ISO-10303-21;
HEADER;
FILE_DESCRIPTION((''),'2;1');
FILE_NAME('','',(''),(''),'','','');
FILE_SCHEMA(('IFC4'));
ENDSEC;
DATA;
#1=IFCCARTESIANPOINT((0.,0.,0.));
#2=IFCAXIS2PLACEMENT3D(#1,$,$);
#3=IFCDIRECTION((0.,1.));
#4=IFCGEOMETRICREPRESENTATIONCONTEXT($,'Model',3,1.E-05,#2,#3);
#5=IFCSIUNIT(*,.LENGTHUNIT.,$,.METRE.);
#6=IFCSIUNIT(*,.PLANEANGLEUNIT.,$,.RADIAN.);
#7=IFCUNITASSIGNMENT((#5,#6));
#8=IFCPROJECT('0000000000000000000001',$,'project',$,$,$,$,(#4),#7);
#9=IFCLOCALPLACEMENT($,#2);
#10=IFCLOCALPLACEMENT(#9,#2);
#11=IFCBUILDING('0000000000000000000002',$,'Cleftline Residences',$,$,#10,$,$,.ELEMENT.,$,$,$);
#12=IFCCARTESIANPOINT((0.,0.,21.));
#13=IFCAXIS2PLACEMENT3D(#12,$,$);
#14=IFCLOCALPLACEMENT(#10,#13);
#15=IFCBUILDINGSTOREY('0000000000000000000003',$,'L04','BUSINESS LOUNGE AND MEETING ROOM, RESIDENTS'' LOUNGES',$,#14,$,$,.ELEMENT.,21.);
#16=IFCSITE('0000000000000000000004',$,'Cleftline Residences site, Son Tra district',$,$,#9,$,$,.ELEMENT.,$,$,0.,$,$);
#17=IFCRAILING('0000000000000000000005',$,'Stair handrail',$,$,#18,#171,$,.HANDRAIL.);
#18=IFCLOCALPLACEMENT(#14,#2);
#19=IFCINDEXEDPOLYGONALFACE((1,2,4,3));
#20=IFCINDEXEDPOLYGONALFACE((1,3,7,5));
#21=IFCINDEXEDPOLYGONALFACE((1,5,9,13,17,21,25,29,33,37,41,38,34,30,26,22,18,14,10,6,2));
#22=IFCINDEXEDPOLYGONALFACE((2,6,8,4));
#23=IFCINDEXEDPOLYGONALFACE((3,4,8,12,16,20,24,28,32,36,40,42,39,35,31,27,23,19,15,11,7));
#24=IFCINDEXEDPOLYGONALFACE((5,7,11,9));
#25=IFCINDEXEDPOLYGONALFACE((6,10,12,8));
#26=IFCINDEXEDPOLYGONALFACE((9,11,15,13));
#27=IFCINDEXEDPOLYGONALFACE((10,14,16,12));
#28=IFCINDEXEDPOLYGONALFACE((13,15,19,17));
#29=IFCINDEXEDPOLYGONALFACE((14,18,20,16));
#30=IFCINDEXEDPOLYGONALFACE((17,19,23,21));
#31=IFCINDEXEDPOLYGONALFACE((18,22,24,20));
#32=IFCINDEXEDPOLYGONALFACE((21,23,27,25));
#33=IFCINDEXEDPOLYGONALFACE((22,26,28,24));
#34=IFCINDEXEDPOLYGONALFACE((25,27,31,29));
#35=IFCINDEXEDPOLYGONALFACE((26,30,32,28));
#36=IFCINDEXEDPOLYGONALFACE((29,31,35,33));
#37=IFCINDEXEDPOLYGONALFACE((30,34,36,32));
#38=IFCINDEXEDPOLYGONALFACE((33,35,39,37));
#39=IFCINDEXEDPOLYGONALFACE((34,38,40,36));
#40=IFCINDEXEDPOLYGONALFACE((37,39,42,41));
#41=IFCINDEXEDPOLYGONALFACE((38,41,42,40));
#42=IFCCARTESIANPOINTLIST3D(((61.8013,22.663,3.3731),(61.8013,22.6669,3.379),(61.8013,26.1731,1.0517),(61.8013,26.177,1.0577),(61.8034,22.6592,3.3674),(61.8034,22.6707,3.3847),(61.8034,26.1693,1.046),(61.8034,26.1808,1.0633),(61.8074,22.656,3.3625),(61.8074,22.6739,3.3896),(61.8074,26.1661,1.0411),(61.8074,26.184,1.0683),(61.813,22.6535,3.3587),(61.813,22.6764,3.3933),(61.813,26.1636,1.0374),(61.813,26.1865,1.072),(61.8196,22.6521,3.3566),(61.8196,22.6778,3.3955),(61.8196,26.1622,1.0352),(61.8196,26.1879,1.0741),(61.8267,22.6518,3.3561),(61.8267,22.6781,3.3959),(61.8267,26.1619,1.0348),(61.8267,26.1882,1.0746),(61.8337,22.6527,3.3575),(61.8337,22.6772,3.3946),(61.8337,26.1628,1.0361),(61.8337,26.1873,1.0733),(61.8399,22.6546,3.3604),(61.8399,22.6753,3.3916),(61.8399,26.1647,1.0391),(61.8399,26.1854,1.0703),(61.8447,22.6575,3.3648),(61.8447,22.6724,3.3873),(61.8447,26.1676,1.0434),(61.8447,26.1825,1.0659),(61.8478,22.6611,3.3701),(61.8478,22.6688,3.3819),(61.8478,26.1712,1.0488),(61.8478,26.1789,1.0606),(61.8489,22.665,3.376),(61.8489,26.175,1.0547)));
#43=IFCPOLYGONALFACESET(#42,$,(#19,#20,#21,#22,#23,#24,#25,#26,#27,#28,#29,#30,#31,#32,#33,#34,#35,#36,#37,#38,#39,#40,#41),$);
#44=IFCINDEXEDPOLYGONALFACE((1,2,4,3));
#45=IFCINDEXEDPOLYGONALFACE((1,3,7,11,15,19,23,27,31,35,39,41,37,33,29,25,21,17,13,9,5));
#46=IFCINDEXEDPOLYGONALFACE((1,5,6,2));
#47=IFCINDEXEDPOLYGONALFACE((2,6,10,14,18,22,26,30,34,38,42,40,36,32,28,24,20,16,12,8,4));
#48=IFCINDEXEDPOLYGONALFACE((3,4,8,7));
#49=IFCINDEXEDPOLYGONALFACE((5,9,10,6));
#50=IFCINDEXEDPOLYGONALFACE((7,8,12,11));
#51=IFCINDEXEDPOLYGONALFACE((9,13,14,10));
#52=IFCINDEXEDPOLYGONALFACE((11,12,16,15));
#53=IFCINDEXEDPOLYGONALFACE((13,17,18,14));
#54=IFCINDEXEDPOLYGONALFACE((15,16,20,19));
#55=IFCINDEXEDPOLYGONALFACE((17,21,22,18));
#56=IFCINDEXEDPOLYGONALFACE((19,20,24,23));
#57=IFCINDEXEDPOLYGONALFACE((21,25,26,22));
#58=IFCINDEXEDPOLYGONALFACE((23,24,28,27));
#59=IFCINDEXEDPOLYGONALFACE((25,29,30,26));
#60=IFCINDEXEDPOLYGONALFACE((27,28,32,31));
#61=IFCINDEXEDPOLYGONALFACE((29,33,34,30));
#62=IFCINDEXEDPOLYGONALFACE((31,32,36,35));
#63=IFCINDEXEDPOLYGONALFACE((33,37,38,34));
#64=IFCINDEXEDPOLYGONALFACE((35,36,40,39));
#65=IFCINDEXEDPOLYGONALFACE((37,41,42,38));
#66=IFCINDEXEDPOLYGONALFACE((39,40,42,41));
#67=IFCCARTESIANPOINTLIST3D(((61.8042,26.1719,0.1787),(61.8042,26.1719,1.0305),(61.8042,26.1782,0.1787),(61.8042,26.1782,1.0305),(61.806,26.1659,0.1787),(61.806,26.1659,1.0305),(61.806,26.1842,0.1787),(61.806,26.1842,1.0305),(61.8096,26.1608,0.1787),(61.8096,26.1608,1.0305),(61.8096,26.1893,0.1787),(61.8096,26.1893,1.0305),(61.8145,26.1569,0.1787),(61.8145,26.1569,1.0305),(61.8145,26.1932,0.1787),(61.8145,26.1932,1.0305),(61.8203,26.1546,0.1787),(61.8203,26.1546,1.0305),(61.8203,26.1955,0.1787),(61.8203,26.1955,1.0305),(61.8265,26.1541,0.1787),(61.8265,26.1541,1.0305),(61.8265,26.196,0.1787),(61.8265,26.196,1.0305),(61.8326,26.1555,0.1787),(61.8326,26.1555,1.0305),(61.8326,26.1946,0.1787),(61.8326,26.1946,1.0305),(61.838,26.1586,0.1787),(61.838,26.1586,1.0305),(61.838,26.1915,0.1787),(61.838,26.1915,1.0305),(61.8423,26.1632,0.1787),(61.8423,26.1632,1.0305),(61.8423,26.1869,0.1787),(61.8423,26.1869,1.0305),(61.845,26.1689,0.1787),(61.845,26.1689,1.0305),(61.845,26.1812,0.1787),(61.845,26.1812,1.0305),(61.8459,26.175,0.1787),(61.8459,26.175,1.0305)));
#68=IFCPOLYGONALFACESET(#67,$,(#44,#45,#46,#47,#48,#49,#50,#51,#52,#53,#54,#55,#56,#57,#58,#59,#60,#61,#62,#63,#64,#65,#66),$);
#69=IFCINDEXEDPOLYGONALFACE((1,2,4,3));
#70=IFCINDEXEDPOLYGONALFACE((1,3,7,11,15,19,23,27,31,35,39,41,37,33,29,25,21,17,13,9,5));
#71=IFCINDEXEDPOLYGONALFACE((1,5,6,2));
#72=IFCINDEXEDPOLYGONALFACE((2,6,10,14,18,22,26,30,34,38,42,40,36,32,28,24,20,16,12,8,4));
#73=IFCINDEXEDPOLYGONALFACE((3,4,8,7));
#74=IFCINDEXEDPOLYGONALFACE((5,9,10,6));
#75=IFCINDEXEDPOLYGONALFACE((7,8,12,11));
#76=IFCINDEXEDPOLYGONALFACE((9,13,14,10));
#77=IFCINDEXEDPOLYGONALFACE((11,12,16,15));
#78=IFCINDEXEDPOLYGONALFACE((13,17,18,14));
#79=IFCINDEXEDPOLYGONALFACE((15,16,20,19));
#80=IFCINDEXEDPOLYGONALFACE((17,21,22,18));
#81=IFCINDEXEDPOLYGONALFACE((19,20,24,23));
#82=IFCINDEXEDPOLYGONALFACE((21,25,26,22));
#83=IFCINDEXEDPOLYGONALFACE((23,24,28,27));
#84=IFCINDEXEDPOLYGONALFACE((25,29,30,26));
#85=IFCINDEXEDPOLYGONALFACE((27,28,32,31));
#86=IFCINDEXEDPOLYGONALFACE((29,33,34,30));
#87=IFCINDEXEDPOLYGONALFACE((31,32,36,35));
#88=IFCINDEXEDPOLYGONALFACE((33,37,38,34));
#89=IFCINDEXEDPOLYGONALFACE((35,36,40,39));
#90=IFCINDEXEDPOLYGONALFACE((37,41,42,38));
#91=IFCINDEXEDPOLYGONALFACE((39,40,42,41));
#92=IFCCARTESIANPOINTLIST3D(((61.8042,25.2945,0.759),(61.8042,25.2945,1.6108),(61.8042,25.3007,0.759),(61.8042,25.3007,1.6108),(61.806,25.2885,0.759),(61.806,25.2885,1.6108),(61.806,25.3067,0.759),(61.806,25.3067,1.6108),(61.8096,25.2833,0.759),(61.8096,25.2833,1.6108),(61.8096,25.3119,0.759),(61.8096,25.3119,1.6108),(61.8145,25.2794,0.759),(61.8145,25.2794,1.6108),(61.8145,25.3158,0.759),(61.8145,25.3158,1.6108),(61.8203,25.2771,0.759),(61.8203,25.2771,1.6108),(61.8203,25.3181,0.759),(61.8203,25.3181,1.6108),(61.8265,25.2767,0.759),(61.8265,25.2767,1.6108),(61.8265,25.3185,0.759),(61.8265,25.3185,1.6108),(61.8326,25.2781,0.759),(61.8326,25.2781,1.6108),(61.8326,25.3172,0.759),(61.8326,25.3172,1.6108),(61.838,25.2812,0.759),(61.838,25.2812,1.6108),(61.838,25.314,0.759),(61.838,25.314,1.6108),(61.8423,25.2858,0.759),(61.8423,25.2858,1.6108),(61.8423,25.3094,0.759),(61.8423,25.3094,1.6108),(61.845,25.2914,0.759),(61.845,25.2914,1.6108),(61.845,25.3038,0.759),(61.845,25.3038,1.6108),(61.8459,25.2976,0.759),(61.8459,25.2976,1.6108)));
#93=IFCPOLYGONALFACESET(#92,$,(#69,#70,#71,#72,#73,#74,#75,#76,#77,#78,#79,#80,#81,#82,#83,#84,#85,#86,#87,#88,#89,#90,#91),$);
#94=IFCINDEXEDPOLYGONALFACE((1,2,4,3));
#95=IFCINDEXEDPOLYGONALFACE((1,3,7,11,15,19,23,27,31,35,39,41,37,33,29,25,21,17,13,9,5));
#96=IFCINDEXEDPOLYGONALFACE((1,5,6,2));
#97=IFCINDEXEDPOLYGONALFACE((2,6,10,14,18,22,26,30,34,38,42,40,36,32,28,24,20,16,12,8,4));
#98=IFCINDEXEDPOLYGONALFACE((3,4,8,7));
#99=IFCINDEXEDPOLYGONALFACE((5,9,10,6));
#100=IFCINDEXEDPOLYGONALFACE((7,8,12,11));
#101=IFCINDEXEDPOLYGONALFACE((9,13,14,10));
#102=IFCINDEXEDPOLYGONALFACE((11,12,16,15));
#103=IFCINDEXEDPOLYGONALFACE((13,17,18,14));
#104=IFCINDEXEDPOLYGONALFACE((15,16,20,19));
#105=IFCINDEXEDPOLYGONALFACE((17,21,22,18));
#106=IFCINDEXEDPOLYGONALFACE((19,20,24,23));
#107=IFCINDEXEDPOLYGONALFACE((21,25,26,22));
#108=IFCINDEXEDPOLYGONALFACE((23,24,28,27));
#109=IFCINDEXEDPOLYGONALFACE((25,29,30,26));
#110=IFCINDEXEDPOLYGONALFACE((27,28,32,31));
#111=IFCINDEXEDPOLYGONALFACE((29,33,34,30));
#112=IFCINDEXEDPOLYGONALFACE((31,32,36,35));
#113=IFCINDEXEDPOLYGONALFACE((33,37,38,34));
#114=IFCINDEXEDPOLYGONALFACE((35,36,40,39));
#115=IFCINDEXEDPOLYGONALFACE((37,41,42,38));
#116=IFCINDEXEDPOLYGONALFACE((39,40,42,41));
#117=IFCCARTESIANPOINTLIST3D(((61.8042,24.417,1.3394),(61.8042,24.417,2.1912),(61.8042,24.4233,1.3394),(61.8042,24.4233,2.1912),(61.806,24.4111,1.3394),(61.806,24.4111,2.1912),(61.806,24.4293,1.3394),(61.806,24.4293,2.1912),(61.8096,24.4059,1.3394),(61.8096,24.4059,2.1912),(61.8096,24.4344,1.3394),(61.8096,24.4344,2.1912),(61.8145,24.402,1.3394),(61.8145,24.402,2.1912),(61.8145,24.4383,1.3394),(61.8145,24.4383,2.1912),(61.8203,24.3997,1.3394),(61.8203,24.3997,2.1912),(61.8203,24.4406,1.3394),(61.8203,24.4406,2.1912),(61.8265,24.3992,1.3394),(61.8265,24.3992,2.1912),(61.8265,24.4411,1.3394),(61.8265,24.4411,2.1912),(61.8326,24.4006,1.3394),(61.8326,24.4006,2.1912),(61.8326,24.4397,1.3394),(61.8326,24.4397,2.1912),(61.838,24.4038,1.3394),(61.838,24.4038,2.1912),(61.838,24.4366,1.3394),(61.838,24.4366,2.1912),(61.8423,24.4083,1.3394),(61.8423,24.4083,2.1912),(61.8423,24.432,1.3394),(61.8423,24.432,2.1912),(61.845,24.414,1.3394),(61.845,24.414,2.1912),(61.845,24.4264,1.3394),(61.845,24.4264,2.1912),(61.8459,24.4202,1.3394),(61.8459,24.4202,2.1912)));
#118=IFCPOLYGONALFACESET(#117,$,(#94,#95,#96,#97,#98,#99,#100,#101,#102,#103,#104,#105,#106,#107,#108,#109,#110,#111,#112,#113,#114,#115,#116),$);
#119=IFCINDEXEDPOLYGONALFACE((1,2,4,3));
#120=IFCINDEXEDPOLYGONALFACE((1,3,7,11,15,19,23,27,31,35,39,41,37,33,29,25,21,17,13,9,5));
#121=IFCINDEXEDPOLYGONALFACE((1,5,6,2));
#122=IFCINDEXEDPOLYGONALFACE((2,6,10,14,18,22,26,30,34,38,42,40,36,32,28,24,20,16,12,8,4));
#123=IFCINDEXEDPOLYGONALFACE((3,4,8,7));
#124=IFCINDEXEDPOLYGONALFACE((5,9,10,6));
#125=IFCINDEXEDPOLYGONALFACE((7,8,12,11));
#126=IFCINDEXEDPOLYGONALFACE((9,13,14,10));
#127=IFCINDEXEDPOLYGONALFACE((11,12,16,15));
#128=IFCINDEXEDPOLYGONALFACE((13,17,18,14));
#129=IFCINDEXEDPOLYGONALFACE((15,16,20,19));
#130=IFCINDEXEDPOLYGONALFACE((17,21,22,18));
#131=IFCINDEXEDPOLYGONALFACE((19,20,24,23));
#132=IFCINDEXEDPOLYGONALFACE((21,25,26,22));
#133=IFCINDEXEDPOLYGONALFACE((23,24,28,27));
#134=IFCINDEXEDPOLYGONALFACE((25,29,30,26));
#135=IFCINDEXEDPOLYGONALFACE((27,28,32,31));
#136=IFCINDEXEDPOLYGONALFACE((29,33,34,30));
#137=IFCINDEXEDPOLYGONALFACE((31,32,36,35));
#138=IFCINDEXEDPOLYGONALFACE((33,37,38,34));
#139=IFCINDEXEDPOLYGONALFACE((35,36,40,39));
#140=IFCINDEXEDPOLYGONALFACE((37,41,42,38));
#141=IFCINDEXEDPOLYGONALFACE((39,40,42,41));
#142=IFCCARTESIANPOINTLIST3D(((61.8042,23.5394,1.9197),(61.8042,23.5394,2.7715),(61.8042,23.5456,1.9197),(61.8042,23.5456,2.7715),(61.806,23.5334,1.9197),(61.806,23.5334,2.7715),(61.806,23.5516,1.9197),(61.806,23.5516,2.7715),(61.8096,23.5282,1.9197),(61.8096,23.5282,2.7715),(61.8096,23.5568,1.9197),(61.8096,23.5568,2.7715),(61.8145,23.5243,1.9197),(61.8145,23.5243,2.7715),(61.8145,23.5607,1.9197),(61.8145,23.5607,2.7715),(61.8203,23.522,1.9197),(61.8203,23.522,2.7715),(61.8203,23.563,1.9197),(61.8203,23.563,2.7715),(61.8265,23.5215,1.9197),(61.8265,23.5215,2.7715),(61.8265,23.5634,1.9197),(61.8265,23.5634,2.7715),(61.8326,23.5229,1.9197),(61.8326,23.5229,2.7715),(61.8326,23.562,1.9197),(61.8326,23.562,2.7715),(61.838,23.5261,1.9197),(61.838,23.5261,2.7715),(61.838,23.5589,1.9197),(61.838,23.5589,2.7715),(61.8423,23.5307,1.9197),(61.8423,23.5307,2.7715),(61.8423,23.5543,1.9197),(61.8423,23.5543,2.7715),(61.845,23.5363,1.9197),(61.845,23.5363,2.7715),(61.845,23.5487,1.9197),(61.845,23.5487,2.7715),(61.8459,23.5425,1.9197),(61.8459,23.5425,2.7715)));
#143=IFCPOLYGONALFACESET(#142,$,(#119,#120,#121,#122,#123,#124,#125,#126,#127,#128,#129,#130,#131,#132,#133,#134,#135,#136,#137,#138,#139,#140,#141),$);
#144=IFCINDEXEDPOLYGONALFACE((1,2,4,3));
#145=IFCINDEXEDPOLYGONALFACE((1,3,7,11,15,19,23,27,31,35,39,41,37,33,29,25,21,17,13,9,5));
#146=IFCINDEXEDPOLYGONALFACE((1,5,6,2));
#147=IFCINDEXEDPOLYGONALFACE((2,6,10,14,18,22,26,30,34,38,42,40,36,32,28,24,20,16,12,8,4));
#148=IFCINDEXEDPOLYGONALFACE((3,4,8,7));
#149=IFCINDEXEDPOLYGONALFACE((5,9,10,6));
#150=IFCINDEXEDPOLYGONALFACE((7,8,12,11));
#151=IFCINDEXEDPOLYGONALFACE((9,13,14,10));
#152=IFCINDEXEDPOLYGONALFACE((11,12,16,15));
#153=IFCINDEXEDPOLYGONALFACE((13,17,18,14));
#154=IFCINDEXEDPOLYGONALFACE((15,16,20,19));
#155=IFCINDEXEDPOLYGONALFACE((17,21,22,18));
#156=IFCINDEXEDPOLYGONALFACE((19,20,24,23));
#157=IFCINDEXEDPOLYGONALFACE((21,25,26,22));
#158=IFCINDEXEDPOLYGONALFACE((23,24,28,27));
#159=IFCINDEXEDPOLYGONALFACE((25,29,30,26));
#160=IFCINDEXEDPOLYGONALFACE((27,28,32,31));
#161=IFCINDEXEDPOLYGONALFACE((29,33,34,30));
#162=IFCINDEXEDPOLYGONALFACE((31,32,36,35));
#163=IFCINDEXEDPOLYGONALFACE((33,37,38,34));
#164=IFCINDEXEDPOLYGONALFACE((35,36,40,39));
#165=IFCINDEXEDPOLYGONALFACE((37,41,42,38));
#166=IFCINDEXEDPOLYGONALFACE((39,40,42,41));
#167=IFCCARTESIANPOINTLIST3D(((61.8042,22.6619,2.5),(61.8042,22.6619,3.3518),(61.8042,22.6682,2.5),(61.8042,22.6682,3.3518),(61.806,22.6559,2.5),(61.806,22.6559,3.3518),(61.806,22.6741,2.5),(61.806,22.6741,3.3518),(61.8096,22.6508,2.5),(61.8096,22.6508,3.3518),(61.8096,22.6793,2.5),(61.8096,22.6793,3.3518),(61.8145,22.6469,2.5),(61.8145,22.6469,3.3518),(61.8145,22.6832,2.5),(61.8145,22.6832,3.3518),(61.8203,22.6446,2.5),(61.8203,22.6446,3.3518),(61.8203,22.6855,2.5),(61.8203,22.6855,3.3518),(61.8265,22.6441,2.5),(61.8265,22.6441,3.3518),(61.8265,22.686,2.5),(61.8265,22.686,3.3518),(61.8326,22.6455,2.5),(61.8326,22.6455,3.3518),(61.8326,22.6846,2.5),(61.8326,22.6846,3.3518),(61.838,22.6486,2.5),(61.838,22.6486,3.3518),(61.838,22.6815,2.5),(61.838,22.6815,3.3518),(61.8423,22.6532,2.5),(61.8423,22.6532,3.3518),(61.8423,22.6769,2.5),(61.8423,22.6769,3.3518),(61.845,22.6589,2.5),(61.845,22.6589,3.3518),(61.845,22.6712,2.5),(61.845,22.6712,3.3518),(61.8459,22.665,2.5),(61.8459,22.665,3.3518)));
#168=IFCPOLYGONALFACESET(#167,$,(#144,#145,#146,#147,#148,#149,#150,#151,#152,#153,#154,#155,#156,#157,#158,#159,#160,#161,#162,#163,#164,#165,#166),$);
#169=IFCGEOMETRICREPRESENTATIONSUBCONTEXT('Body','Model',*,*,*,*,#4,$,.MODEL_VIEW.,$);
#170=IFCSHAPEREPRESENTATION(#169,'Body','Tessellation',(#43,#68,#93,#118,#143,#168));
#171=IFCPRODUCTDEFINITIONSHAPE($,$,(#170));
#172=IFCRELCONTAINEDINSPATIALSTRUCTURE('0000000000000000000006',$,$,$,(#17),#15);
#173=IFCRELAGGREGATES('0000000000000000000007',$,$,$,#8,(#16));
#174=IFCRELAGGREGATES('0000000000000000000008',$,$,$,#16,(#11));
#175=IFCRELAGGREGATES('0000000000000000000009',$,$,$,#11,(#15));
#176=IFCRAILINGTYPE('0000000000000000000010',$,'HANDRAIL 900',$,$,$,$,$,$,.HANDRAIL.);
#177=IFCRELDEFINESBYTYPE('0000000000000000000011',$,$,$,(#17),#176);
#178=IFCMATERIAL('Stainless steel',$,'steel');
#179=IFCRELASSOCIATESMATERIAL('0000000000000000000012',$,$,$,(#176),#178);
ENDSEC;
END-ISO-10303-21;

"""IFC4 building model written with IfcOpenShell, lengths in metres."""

from ifc_helpers import new_model, si_unit, direction, frame, origin, origin_2d, place, context, subcontext, project, spatial, circle, extrude, material, type_object, element, save


model = new_model("IFC4")

# Units and contexts
model_context = context("Model", 3, precision=1e-05, world=origin(), true_north=direction((0.0, 1.0)))
body_context = subcontext(model_context, "Body", "Model", "MODEL_VIEW")
ifc_project = project(units=[si_unit("LENGTHUNIT", "METRE"), si_unit("PLANEANGLEUNIT", "RADIAN")], contexts=[model_context])

# Site, building, storey
site_placement = place(None, origin())
site = spatial("IfcSite", under=ifc_project, at=site_placement, Name="Cleftline Residences site, Son Tra district", CompositionType="ELEMENT", RefElevation=0.0)
building_placement = place(site_placement, origin())
building = spatial("IfcBuilding", under=site, at=building_placement, Name="Cleftline Residences", CompositionType="ELEMENT")
storey_placement = place(building_placement, frame((0.0, 0.0, 21.0)))
storey = spatial("IfcBuildingStorey", under=building, at=storey_placement, Name="L04", Description="BUSINESS LOUNGE AND MEETING ROOM, RESIDENTS' LOUNGES", CompositionType="ELEMENT", Elevation=21.0)

# Railing
ifc_material_1 = material(Name="Stainless steel", Category="steel")
railing_type = type_object("IfcRailingType", Name="HANDRAIL 900", PredefinedType="HANDRAIL", material=ifc_material_1)
railing_1_placement = place(storey_placement, frame((61.825, 26.175, 0.1787)))
element("IfcRailing", 1, at=railing_1_placement, inside=storey, type_object=railing_type, Name="Stair handrail", PredefinedType="HANDRAIL", context=body_context, shape_type="SweptSolid", body=[
    extrude(circle(Radius=0.0239, at=origin_2d()), frame((0.0, 0.0, 0.876), z_axis=(0.0, -0.834097, 0.551617), x_axis=(1.0, 0.0, 0.0)), (0.0, 0.0, 1.0), 4.2083),
    extrude(circle(Radius=0.021, at=origin_2d()), origin(), (0.0, 0.0, 1.0), 0.8518),
    extrude(circle(Radius=0.021, at=origin_2d()), frame((0.0, -0.8774, 0.5803)), (0.0, 0.0, 1.0), 0.8518),
    extrude(circle(Radius=0.021, at=origin_2d()), frame((0.0, -1.7549, 1.1606)), (0.0, 0.0, 1.0), 0.8518),
    extrude(circle(Radius=0.021, at=origin_2d()), frame((0.0, -2.6326, 1.741)), (0.0, 0.0, 1.0), 0.8518),
    extrude(circle(Radius=0.021, at=origin_2d()), frame((0.0, -3.51, 2.3213)), (0.0, 0.0, 1.0), 0.8518),
])

save(model, "model.ifc")
